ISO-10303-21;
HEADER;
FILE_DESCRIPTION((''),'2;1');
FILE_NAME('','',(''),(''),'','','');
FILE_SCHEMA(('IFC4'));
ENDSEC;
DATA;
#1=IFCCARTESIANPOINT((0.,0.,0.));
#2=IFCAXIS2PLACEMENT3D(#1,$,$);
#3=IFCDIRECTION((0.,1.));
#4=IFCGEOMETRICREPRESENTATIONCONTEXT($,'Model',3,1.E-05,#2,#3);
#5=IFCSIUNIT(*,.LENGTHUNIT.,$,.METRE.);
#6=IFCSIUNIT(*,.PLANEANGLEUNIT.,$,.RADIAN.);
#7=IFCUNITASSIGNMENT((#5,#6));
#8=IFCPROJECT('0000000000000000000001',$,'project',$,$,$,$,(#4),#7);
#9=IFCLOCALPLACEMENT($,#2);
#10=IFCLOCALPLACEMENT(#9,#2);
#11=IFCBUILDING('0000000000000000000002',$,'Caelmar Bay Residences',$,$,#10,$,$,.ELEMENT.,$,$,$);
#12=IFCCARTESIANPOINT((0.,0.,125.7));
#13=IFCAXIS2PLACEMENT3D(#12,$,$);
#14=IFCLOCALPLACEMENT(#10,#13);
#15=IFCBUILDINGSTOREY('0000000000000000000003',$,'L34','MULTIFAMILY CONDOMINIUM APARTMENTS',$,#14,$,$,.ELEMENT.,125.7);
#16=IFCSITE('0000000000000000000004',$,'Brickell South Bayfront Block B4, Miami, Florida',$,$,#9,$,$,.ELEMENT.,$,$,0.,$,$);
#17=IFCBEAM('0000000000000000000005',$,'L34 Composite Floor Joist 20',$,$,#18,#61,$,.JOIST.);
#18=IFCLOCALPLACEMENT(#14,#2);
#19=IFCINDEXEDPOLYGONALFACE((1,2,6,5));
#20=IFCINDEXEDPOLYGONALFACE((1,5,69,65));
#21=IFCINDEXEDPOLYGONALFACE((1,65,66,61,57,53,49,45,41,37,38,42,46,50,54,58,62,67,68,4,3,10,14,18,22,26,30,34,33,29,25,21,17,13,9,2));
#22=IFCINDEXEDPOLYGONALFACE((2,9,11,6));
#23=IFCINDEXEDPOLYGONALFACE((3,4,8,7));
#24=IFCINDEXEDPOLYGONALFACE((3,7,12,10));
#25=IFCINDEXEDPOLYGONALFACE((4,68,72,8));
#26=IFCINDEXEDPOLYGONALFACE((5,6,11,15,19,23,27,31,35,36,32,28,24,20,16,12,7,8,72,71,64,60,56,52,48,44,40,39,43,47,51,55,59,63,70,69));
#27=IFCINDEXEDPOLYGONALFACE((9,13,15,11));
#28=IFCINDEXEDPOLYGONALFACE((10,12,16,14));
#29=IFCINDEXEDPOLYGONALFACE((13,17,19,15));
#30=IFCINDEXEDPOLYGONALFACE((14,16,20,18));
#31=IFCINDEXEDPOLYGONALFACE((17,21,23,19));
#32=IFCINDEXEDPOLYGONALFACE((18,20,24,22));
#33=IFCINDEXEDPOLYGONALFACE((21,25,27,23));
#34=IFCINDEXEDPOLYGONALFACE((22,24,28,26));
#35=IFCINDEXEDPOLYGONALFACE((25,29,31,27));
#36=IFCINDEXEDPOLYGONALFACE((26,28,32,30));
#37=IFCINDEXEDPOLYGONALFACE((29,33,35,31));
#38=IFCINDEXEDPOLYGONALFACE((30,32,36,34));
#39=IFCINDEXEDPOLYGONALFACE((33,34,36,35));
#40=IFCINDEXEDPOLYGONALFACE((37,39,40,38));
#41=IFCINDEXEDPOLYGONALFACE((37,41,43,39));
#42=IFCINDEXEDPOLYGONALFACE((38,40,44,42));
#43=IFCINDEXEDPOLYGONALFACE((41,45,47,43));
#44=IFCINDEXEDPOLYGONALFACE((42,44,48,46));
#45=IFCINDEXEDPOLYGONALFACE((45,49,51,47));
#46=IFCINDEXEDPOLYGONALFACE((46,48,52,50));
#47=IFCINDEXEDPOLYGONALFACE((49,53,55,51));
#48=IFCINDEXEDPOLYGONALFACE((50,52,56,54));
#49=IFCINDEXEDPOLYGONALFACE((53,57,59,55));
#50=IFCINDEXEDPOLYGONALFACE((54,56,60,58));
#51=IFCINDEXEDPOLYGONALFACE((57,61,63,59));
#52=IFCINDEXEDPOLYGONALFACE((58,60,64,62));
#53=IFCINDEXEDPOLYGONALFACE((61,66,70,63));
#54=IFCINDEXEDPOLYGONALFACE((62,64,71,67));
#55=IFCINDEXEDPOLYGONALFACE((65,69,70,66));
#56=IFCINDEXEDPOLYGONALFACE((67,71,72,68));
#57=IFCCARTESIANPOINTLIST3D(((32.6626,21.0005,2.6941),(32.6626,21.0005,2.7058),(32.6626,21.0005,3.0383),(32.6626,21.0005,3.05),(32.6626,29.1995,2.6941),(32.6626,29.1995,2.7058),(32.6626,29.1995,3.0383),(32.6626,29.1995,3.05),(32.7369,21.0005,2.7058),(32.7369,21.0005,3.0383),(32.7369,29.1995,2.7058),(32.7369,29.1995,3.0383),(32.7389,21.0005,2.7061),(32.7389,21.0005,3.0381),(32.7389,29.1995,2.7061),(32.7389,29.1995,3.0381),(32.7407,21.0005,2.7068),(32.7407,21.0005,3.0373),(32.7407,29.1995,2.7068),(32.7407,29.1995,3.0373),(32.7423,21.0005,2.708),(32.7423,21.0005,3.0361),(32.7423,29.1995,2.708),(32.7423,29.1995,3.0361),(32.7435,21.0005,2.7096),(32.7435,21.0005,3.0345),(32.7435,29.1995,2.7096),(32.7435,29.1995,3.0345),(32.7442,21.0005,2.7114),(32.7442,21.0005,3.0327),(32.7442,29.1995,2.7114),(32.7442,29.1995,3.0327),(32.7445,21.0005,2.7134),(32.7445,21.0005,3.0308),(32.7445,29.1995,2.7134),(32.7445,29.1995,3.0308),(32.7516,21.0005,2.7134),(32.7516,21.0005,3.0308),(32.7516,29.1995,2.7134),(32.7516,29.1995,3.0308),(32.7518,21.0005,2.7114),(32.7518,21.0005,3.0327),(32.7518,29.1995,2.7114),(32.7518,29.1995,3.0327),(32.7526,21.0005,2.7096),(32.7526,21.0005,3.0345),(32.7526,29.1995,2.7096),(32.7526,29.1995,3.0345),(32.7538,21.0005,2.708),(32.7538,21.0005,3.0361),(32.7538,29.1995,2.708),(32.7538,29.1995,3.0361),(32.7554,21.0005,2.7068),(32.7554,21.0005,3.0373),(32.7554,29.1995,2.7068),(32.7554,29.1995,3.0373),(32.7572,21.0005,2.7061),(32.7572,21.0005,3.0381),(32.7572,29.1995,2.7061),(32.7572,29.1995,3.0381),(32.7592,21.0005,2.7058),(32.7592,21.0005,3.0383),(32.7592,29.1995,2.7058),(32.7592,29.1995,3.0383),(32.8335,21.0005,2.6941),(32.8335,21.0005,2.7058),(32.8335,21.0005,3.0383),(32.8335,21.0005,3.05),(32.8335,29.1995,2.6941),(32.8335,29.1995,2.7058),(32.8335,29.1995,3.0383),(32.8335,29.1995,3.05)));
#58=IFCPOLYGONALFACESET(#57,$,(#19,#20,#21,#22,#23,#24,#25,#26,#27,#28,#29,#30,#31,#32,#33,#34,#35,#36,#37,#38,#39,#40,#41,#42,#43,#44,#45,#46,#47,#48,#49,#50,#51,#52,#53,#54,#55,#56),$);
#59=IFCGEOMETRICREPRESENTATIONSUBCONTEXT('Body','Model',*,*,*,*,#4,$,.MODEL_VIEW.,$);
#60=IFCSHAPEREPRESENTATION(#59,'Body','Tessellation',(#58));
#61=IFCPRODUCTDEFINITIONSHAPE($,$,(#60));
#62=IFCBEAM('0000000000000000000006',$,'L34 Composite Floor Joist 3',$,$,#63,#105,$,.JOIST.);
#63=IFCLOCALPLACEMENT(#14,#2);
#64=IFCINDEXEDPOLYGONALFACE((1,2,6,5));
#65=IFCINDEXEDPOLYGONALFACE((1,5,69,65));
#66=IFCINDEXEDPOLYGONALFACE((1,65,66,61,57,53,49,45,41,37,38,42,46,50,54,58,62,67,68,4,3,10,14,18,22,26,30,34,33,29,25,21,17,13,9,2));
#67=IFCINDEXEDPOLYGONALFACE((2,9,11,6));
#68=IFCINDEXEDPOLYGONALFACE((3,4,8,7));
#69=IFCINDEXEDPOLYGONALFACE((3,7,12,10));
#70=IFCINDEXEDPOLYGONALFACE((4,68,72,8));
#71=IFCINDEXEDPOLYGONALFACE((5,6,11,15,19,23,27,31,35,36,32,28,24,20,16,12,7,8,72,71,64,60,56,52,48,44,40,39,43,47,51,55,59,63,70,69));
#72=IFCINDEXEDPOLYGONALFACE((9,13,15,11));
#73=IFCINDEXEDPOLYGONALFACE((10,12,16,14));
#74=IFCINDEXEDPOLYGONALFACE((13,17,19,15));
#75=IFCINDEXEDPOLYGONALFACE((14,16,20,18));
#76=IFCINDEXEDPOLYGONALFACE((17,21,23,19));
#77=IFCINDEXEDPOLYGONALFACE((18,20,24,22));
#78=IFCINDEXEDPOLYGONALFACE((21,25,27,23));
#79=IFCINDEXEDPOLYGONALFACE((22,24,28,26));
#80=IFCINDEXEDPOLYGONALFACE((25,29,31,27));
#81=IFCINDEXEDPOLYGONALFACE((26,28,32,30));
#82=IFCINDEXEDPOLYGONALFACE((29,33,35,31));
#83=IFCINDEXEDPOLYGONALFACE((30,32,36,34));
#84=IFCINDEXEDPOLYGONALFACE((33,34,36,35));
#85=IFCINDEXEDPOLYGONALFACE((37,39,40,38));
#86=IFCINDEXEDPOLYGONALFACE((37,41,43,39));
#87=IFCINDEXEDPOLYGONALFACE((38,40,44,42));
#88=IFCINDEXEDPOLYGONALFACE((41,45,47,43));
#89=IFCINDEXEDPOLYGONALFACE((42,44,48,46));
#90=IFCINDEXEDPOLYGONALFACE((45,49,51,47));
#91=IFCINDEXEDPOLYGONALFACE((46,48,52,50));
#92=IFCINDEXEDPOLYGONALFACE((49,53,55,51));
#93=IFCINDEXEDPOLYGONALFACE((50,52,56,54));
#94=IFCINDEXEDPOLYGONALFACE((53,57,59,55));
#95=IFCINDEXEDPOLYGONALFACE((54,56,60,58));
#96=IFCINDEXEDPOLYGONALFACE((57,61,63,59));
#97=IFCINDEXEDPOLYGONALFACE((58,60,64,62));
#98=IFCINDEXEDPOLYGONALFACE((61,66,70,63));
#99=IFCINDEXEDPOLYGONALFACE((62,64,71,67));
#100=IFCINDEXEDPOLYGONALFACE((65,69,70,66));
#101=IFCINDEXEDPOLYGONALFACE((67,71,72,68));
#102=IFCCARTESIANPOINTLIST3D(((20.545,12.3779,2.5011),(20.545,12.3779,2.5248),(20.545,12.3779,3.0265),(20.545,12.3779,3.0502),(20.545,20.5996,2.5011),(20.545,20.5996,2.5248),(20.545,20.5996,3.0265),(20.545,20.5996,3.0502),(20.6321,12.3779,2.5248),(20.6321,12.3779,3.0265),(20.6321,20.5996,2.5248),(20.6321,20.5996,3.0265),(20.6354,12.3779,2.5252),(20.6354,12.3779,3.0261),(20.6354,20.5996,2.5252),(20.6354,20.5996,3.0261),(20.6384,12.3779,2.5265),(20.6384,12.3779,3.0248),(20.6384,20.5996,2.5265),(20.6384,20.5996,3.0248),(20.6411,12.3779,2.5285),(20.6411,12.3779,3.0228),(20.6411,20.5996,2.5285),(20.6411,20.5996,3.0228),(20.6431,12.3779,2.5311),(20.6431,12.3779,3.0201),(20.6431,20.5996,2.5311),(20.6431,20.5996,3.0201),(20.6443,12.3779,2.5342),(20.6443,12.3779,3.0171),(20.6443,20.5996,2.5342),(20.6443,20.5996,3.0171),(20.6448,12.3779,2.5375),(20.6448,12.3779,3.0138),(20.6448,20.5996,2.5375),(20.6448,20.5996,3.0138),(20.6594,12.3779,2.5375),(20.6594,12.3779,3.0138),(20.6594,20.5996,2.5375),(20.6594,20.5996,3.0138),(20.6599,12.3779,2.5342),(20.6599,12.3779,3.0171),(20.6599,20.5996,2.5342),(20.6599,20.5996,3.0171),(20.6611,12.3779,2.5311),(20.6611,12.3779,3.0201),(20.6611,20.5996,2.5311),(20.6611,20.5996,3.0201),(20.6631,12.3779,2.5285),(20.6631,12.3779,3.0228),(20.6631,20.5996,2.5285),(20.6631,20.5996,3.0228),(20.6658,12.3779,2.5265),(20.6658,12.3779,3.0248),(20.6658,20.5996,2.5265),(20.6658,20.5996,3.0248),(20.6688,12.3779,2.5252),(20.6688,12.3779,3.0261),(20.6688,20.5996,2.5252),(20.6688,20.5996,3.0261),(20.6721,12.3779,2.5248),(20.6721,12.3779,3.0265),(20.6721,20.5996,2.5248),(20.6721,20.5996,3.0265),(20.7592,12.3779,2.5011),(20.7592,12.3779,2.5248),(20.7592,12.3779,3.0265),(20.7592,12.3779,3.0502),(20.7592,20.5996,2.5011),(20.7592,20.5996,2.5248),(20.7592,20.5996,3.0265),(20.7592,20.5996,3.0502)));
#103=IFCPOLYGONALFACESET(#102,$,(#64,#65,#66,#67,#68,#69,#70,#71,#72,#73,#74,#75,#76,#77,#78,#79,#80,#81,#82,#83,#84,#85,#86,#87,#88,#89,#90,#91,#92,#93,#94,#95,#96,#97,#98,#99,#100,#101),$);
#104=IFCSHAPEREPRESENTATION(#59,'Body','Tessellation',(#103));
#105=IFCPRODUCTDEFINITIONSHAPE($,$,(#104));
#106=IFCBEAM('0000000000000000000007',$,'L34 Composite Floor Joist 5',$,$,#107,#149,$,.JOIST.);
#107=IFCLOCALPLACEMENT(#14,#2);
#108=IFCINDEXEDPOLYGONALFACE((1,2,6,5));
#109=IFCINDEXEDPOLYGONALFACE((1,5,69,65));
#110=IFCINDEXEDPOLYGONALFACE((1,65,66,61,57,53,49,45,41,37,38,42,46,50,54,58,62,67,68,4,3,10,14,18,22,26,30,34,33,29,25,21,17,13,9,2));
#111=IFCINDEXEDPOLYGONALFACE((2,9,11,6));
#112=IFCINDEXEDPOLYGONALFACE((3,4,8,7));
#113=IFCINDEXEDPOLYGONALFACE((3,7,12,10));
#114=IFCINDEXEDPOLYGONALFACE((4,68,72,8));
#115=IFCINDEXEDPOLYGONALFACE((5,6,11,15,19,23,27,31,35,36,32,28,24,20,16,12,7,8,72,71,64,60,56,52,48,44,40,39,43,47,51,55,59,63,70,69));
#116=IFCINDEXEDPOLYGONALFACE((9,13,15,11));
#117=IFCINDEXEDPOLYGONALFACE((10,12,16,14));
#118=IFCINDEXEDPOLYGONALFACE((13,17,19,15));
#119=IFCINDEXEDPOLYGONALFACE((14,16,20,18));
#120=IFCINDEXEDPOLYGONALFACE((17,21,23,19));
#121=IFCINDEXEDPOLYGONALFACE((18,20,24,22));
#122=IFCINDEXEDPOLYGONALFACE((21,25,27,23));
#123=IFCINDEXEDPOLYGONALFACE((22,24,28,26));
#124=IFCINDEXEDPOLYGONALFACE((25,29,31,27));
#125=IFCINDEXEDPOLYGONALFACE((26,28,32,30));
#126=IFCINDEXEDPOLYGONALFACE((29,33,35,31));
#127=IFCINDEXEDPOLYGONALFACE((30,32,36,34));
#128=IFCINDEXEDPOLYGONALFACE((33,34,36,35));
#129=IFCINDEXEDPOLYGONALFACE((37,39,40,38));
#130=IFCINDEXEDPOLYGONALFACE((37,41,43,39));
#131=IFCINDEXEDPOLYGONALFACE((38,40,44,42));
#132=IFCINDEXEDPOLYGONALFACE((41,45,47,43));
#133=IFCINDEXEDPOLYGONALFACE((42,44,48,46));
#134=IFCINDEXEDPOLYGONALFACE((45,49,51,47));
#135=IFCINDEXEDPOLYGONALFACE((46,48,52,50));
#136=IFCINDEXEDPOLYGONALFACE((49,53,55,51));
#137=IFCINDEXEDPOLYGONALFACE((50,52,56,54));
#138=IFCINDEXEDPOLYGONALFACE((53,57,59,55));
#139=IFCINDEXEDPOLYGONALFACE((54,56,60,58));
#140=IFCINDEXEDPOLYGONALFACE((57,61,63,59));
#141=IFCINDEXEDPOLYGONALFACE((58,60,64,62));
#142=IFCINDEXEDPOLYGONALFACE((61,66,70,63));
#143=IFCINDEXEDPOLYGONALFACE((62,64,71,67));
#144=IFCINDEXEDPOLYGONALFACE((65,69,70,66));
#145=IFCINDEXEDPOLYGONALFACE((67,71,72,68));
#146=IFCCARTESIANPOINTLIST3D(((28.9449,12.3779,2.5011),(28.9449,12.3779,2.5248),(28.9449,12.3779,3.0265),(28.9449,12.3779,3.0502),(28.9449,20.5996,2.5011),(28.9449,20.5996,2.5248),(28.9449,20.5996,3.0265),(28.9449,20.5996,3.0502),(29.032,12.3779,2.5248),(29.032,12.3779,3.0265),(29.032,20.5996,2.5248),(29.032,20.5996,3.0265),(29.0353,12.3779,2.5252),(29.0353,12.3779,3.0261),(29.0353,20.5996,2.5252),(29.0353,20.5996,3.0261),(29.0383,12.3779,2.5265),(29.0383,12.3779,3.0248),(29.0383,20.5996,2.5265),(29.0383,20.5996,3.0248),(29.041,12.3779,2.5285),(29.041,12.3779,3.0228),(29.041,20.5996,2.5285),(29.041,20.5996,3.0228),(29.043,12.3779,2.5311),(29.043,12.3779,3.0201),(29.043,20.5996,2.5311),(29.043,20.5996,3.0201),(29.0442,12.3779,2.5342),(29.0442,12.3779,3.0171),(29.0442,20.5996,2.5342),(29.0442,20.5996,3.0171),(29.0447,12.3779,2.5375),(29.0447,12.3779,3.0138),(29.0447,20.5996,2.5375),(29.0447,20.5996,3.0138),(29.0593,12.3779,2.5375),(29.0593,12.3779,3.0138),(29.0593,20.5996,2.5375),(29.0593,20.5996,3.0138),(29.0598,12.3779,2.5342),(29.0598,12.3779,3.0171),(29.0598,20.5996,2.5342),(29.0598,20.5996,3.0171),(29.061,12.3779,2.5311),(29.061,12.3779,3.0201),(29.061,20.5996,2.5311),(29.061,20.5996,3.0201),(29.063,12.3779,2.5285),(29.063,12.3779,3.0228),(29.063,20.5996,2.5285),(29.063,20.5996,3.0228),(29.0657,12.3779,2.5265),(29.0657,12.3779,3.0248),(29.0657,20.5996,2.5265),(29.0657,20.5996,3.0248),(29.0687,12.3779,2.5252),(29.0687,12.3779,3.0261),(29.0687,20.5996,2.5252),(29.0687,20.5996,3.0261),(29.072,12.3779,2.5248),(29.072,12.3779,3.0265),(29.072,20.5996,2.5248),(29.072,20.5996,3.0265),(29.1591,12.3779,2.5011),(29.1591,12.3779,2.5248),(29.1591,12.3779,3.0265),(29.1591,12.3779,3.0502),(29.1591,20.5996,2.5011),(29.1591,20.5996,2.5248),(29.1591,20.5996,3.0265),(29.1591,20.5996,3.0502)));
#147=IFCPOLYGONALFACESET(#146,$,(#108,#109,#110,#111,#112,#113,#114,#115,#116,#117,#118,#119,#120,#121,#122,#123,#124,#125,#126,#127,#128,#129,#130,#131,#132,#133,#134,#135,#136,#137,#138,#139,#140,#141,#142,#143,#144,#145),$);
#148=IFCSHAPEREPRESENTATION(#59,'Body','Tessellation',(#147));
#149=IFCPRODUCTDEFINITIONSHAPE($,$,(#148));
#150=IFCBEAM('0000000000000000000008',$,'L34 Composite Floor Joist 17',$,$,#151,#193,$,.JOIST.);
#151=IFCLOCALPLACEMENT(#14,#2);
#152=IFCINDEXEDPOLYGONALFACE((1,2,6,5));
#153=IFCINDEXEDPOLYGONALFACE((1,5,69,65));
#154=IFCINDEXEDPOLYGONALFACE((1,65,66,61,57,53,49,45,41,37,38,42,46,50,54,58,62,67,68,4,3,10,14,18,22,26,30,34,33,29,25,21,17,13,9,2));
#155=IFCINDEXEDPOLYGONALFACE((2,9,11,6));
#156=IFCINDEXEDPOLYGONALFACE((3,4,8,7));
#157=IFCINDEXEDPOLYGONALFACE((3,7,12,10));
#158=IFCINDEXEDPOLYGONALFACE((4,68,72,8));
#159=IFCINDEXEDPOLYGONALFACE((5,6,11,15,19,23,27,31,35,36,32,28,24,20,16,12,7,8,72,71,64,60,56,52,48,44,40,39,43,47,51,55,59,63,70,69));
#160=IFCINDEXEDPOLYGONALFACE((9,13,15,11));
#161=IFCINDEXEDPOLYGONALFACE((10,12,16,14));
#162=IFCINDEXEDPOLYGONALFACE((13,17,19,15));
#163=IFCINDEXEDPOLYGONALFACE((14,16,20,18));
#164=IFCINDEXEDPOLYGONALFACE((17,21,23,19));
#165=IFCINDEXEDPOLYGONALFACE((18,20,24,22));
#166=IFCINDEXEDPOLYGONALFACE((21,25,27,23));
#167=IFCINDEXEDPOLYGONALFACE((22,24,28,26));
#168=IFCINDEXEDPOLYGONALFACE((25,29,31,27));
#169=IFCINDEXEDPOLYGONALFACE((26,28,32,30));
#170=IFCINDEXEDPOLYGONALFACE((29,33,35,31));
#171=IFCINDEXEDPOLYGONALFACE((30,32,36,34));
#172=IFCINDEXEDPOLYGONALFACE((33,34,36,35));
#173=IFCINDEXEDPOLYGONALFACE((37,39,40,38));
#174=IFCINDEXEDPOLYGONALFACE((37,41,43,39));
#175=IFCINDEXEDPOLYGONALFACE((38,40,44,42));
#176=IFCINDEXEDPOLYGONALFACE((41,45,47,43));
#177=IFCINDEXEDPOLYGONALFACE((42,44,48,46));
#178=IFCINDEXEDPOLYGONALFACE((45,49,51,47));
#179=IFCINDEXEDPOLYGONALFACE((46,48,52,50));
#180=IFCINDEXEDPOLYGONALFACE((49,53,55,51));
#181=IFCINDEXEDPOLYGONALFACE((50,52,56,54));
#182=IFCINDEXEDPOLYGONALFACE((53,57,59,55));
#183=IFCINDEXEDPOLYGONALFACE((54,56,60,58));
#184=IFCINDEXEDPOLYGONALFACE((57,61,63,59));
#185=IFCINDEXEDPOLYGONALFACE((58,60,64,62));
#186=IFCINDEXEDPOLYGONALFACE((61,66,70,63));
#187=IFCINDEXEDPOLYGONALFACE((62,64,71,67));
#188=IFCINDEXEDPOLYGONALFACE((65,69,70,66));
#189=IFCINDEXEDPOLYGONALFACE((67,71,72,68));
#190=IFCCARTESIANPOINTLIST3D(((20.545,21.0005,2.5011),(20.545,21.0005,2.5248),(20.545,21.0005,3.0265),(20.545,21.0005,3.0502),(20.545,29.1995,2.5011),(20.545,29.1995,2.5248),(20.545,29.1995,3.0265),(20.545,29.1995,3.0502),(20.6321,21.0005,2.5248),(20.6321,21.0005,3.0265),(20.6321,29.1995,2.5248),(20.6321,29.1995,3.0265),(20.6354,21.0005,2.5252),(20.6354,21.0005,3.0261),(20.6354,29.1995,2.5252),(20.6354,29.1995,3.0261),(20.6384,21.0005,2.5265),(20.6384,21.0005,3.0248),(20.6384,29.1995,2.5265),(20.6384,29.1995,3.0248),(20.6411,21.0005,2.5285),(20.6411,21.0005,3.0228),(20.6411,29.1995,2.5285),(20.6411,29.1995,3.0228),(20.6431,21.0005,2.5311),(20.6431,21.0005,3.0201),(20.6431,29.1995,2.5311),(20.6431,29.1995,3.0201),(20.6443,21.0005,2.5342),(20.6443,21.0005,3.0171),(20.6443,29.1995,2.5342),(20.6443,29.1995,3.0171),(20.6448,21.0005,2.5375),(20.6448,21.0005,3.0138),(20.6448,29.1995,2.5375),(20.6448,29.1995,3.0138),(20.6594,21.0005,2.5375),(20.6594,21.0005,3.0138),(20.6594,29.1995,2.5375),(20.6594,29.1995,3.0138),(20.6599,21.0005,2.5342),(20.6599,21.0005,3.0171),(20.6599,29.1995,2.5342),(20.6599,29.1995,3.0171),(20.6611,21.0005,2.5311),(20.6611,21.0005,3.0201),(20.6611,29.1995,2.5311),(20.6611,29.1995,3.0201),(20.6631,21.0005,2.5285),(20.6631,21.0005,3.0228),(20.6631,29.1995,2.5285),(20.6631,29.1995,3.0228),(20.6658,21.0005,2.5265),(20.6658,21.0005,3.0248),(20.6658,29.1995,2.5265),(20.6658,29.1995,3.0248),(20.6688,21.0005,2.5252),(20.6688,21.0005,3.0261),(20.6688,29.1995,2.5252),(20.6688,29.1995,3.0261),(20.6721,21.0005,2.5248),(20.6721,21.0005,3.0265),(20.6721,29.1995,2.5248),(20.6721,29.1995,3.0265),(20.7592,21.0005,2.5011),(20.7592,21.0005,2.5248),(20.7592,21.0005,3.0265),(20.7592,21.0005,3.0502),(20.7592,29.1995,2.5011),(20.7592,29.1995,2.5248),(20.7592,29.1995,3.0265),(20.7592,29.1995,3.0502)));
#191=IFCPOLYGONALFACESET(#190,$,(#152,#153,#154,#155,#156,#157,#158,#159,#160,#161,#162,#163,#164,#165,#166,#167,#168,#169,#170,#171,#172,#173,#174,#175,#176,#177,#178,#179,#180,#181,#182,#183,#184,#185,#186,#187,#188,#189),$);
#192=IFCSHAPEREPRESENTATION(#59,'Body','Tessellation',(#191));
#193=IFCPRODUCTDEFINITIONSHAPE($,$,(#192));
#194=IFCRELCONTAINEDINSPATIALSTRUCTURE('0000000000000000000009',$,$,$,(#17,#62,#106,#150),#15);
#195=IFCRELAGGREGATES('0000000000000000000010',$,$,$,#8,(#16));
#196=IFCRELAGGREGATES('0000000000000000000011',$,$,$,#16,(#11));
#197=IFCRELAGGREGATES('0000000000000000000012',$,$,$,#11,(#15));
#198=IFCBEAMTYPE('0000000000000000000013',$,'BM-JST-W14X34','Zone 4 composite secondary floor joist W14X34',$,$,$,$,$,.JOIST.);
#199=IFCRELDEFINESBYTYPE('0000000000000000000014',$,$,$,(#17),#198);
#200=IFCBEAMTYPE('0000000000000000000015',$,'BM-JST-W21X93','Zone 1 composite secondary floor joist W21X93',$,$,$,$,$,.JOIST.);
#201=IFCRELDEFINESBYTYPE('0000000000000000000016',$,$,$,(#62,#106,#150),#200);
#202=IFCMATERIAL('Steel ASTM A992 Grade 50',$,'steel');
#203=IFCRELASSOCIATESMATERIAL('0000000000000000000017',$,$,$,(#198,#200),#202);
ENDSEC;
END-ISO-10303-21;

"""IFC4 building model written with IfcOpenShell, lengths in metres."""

from ifc_helpers import new_model, si_unit, direction, frame, origin, origin_2d, place, context, subcontext, project, spatial, i_section, extrude, material, material_profile, profile_set, type_object, element, save


model = new_model("IFC4")

# Units and contexts
model_context = context("Model", 3, precision=1e-05, world=origin(), true_north=direction((0.0, 1.0)))
body_context = subcontext(model_context, "Body", "Model", "MODEL_VIEW")
ifc_project = project(units=[si_unit("LENGTHUNIT", "METRE"), si_unit("PLANEANGLEUNIT", "RADIAN")], contexts=[model_context])

# Site, building, storey
site_placement = place(None, origin())
site = spatial("IfcSite", under=ifc_project, at=site_placement, Name="Brickell South Bayfront Block B4, Miami, Florida", CompositionType="ELEMENT", RefElevation=0.0)
building_placement = place(site_placement, origin())
building = spatial("IfcBuilding", under=site, at=building_placement, Name="Caelmar Bay Residences", CompositionType="ELEMENT")
storey_placement = place(building_placement, frame((0.0, 0.0, 125.7)))
storey = spatial("IfcBuildingStorey", under=building, at=storey_placement, Name="L34", Description="MULTIFAMILY CONDOMINIUM APARTMENTS", CompositionType="ELEMENT", Elevation=125.7)

# Beams
ifc_material_1 = material(Name="Steel ASTM A992 Grade 50", Category="steel")
ifc_material_profile_1 = material_profile(ifc_material_1, i_section(OverallWidth=0.1709, OverallDepth=0.356, WebThickness=0.0071, FlangeThickness=0.0117, FilletRadius=0.0076, at=origin_2d()), Name="W14X34")
ifc_profile_set_1 = profile_set([ifc_material_profile_1], Name="Steel ASTM A992 Grade 50")
beam_type_1 = type_object("IfcBeamType", Name="BM-JST-W14X34", Description="Zone 4 composite secondary floor joist W14X34", PredefinedType="JOIST", material=ifc_profile_set_1)
for number, where, z_axis, x_axis, name in (
    (1, (32.748, 21.0005, 2.8721), (0.0, 1.0, 0.0), (-1.0, 0.0, 0.0), "L34 Composite Floor Joist 20"),
):
    element("IfcBeam", number, at=place(storey_placement, frame(where, z_axis=z_axis, x_axis=x_axis)), inside=storey, type_object=beam_type_1, Name=name, PredefinedType="JOIST", context=body_context, shape_type="SweptSolid", body=[
        extrude(i_section(OverallWidth=0.1709, OverallDepth=0.356, WebThickness=0.0071, FlangeThickness=0.0117, FilletRadius=0.0076, at=origin_2d()), origin(), (0.0, 0.0, 1.0), 8.199),
    ])
ifc_material_profile_2 = material_profile(ifc_material_1, i_section(OverallWidth=0.2141, OverallDepth=0.5491, WebThickness=0.0146, FlangeThickness=0.0237, FilletRadius=0.0127, at=origin_2d()), Name="W21X93")
ifc_profile_set_2 = profile_set([ifc_material_profile_2], Name="Steel ASTM A992 Grade 50")
beam_type_2 = type_object("IfcBeamType", Name="BM-JST-W21X93", Description="Zone 1 composite secondary floor joist W21X93", PredefinedType="JOIST", material=ifc_profile_set_2)
for number, where, z_axis, x_axis, name in (
    (2, (20.6521, 12.3779, 2.7756), (0.0, 1.0, 0.0), (-1.0, 0.0, 0.0), "L34 Composite Floor Joist 3"),
    (3, (29.052, 12.3779, 2.7756), (0.0, 1.0, 0.0), (-1.0, 0.0, 0.0), "L34 Composite Floor Joist 5"),
):
    element("IfcBeam", number, at=place(storey_placement, frame(where, z_axis=z_axis, x_axis=x_axis)), inside=storey, type_object=beam_type_2, Name=name, PredefinedType="JOIST", context=body_context, shape_type="SweptSolid", body=[
        extrude(i_section(OverallWidth=0.2141, OverallDepth=0.5491, WebThickness=0.0146, FlangeThickness=0.0237, FilletRadius=0.0127, at=origin_2d()), origin(), (0.0, 0.0, 1.0), 8.2217),
    ])
for number, where, z_axis, x_axis, name in (
    (4, (20.6521, 21.0005, 2.7756), (0.0, 1.0, 0.0), (-1.0, 0.0, 0.0), "L34 Composite Floor Joist 17"),
):
    element("IfcBeam", number, at=place(storey_placement, frame(where, z_axis=z_axis, x_axis=x_axis)), inside=storey, type_object=beam_type_2, Name=name, PredefinedType="JOIST", context=body_context, shape_type="SweptSolid", body=[
        extrude(i_section(OverallWidth=0.2141, OverallDepth=0.5491, WebThickness=0.0146, FlangeThickness=0.0237, FilletRadius=0.0127, at=origin_2d()), origin(), (0.0, 0.0, 1.0), 8.199),
    ])

save(model, "model.ifc")
